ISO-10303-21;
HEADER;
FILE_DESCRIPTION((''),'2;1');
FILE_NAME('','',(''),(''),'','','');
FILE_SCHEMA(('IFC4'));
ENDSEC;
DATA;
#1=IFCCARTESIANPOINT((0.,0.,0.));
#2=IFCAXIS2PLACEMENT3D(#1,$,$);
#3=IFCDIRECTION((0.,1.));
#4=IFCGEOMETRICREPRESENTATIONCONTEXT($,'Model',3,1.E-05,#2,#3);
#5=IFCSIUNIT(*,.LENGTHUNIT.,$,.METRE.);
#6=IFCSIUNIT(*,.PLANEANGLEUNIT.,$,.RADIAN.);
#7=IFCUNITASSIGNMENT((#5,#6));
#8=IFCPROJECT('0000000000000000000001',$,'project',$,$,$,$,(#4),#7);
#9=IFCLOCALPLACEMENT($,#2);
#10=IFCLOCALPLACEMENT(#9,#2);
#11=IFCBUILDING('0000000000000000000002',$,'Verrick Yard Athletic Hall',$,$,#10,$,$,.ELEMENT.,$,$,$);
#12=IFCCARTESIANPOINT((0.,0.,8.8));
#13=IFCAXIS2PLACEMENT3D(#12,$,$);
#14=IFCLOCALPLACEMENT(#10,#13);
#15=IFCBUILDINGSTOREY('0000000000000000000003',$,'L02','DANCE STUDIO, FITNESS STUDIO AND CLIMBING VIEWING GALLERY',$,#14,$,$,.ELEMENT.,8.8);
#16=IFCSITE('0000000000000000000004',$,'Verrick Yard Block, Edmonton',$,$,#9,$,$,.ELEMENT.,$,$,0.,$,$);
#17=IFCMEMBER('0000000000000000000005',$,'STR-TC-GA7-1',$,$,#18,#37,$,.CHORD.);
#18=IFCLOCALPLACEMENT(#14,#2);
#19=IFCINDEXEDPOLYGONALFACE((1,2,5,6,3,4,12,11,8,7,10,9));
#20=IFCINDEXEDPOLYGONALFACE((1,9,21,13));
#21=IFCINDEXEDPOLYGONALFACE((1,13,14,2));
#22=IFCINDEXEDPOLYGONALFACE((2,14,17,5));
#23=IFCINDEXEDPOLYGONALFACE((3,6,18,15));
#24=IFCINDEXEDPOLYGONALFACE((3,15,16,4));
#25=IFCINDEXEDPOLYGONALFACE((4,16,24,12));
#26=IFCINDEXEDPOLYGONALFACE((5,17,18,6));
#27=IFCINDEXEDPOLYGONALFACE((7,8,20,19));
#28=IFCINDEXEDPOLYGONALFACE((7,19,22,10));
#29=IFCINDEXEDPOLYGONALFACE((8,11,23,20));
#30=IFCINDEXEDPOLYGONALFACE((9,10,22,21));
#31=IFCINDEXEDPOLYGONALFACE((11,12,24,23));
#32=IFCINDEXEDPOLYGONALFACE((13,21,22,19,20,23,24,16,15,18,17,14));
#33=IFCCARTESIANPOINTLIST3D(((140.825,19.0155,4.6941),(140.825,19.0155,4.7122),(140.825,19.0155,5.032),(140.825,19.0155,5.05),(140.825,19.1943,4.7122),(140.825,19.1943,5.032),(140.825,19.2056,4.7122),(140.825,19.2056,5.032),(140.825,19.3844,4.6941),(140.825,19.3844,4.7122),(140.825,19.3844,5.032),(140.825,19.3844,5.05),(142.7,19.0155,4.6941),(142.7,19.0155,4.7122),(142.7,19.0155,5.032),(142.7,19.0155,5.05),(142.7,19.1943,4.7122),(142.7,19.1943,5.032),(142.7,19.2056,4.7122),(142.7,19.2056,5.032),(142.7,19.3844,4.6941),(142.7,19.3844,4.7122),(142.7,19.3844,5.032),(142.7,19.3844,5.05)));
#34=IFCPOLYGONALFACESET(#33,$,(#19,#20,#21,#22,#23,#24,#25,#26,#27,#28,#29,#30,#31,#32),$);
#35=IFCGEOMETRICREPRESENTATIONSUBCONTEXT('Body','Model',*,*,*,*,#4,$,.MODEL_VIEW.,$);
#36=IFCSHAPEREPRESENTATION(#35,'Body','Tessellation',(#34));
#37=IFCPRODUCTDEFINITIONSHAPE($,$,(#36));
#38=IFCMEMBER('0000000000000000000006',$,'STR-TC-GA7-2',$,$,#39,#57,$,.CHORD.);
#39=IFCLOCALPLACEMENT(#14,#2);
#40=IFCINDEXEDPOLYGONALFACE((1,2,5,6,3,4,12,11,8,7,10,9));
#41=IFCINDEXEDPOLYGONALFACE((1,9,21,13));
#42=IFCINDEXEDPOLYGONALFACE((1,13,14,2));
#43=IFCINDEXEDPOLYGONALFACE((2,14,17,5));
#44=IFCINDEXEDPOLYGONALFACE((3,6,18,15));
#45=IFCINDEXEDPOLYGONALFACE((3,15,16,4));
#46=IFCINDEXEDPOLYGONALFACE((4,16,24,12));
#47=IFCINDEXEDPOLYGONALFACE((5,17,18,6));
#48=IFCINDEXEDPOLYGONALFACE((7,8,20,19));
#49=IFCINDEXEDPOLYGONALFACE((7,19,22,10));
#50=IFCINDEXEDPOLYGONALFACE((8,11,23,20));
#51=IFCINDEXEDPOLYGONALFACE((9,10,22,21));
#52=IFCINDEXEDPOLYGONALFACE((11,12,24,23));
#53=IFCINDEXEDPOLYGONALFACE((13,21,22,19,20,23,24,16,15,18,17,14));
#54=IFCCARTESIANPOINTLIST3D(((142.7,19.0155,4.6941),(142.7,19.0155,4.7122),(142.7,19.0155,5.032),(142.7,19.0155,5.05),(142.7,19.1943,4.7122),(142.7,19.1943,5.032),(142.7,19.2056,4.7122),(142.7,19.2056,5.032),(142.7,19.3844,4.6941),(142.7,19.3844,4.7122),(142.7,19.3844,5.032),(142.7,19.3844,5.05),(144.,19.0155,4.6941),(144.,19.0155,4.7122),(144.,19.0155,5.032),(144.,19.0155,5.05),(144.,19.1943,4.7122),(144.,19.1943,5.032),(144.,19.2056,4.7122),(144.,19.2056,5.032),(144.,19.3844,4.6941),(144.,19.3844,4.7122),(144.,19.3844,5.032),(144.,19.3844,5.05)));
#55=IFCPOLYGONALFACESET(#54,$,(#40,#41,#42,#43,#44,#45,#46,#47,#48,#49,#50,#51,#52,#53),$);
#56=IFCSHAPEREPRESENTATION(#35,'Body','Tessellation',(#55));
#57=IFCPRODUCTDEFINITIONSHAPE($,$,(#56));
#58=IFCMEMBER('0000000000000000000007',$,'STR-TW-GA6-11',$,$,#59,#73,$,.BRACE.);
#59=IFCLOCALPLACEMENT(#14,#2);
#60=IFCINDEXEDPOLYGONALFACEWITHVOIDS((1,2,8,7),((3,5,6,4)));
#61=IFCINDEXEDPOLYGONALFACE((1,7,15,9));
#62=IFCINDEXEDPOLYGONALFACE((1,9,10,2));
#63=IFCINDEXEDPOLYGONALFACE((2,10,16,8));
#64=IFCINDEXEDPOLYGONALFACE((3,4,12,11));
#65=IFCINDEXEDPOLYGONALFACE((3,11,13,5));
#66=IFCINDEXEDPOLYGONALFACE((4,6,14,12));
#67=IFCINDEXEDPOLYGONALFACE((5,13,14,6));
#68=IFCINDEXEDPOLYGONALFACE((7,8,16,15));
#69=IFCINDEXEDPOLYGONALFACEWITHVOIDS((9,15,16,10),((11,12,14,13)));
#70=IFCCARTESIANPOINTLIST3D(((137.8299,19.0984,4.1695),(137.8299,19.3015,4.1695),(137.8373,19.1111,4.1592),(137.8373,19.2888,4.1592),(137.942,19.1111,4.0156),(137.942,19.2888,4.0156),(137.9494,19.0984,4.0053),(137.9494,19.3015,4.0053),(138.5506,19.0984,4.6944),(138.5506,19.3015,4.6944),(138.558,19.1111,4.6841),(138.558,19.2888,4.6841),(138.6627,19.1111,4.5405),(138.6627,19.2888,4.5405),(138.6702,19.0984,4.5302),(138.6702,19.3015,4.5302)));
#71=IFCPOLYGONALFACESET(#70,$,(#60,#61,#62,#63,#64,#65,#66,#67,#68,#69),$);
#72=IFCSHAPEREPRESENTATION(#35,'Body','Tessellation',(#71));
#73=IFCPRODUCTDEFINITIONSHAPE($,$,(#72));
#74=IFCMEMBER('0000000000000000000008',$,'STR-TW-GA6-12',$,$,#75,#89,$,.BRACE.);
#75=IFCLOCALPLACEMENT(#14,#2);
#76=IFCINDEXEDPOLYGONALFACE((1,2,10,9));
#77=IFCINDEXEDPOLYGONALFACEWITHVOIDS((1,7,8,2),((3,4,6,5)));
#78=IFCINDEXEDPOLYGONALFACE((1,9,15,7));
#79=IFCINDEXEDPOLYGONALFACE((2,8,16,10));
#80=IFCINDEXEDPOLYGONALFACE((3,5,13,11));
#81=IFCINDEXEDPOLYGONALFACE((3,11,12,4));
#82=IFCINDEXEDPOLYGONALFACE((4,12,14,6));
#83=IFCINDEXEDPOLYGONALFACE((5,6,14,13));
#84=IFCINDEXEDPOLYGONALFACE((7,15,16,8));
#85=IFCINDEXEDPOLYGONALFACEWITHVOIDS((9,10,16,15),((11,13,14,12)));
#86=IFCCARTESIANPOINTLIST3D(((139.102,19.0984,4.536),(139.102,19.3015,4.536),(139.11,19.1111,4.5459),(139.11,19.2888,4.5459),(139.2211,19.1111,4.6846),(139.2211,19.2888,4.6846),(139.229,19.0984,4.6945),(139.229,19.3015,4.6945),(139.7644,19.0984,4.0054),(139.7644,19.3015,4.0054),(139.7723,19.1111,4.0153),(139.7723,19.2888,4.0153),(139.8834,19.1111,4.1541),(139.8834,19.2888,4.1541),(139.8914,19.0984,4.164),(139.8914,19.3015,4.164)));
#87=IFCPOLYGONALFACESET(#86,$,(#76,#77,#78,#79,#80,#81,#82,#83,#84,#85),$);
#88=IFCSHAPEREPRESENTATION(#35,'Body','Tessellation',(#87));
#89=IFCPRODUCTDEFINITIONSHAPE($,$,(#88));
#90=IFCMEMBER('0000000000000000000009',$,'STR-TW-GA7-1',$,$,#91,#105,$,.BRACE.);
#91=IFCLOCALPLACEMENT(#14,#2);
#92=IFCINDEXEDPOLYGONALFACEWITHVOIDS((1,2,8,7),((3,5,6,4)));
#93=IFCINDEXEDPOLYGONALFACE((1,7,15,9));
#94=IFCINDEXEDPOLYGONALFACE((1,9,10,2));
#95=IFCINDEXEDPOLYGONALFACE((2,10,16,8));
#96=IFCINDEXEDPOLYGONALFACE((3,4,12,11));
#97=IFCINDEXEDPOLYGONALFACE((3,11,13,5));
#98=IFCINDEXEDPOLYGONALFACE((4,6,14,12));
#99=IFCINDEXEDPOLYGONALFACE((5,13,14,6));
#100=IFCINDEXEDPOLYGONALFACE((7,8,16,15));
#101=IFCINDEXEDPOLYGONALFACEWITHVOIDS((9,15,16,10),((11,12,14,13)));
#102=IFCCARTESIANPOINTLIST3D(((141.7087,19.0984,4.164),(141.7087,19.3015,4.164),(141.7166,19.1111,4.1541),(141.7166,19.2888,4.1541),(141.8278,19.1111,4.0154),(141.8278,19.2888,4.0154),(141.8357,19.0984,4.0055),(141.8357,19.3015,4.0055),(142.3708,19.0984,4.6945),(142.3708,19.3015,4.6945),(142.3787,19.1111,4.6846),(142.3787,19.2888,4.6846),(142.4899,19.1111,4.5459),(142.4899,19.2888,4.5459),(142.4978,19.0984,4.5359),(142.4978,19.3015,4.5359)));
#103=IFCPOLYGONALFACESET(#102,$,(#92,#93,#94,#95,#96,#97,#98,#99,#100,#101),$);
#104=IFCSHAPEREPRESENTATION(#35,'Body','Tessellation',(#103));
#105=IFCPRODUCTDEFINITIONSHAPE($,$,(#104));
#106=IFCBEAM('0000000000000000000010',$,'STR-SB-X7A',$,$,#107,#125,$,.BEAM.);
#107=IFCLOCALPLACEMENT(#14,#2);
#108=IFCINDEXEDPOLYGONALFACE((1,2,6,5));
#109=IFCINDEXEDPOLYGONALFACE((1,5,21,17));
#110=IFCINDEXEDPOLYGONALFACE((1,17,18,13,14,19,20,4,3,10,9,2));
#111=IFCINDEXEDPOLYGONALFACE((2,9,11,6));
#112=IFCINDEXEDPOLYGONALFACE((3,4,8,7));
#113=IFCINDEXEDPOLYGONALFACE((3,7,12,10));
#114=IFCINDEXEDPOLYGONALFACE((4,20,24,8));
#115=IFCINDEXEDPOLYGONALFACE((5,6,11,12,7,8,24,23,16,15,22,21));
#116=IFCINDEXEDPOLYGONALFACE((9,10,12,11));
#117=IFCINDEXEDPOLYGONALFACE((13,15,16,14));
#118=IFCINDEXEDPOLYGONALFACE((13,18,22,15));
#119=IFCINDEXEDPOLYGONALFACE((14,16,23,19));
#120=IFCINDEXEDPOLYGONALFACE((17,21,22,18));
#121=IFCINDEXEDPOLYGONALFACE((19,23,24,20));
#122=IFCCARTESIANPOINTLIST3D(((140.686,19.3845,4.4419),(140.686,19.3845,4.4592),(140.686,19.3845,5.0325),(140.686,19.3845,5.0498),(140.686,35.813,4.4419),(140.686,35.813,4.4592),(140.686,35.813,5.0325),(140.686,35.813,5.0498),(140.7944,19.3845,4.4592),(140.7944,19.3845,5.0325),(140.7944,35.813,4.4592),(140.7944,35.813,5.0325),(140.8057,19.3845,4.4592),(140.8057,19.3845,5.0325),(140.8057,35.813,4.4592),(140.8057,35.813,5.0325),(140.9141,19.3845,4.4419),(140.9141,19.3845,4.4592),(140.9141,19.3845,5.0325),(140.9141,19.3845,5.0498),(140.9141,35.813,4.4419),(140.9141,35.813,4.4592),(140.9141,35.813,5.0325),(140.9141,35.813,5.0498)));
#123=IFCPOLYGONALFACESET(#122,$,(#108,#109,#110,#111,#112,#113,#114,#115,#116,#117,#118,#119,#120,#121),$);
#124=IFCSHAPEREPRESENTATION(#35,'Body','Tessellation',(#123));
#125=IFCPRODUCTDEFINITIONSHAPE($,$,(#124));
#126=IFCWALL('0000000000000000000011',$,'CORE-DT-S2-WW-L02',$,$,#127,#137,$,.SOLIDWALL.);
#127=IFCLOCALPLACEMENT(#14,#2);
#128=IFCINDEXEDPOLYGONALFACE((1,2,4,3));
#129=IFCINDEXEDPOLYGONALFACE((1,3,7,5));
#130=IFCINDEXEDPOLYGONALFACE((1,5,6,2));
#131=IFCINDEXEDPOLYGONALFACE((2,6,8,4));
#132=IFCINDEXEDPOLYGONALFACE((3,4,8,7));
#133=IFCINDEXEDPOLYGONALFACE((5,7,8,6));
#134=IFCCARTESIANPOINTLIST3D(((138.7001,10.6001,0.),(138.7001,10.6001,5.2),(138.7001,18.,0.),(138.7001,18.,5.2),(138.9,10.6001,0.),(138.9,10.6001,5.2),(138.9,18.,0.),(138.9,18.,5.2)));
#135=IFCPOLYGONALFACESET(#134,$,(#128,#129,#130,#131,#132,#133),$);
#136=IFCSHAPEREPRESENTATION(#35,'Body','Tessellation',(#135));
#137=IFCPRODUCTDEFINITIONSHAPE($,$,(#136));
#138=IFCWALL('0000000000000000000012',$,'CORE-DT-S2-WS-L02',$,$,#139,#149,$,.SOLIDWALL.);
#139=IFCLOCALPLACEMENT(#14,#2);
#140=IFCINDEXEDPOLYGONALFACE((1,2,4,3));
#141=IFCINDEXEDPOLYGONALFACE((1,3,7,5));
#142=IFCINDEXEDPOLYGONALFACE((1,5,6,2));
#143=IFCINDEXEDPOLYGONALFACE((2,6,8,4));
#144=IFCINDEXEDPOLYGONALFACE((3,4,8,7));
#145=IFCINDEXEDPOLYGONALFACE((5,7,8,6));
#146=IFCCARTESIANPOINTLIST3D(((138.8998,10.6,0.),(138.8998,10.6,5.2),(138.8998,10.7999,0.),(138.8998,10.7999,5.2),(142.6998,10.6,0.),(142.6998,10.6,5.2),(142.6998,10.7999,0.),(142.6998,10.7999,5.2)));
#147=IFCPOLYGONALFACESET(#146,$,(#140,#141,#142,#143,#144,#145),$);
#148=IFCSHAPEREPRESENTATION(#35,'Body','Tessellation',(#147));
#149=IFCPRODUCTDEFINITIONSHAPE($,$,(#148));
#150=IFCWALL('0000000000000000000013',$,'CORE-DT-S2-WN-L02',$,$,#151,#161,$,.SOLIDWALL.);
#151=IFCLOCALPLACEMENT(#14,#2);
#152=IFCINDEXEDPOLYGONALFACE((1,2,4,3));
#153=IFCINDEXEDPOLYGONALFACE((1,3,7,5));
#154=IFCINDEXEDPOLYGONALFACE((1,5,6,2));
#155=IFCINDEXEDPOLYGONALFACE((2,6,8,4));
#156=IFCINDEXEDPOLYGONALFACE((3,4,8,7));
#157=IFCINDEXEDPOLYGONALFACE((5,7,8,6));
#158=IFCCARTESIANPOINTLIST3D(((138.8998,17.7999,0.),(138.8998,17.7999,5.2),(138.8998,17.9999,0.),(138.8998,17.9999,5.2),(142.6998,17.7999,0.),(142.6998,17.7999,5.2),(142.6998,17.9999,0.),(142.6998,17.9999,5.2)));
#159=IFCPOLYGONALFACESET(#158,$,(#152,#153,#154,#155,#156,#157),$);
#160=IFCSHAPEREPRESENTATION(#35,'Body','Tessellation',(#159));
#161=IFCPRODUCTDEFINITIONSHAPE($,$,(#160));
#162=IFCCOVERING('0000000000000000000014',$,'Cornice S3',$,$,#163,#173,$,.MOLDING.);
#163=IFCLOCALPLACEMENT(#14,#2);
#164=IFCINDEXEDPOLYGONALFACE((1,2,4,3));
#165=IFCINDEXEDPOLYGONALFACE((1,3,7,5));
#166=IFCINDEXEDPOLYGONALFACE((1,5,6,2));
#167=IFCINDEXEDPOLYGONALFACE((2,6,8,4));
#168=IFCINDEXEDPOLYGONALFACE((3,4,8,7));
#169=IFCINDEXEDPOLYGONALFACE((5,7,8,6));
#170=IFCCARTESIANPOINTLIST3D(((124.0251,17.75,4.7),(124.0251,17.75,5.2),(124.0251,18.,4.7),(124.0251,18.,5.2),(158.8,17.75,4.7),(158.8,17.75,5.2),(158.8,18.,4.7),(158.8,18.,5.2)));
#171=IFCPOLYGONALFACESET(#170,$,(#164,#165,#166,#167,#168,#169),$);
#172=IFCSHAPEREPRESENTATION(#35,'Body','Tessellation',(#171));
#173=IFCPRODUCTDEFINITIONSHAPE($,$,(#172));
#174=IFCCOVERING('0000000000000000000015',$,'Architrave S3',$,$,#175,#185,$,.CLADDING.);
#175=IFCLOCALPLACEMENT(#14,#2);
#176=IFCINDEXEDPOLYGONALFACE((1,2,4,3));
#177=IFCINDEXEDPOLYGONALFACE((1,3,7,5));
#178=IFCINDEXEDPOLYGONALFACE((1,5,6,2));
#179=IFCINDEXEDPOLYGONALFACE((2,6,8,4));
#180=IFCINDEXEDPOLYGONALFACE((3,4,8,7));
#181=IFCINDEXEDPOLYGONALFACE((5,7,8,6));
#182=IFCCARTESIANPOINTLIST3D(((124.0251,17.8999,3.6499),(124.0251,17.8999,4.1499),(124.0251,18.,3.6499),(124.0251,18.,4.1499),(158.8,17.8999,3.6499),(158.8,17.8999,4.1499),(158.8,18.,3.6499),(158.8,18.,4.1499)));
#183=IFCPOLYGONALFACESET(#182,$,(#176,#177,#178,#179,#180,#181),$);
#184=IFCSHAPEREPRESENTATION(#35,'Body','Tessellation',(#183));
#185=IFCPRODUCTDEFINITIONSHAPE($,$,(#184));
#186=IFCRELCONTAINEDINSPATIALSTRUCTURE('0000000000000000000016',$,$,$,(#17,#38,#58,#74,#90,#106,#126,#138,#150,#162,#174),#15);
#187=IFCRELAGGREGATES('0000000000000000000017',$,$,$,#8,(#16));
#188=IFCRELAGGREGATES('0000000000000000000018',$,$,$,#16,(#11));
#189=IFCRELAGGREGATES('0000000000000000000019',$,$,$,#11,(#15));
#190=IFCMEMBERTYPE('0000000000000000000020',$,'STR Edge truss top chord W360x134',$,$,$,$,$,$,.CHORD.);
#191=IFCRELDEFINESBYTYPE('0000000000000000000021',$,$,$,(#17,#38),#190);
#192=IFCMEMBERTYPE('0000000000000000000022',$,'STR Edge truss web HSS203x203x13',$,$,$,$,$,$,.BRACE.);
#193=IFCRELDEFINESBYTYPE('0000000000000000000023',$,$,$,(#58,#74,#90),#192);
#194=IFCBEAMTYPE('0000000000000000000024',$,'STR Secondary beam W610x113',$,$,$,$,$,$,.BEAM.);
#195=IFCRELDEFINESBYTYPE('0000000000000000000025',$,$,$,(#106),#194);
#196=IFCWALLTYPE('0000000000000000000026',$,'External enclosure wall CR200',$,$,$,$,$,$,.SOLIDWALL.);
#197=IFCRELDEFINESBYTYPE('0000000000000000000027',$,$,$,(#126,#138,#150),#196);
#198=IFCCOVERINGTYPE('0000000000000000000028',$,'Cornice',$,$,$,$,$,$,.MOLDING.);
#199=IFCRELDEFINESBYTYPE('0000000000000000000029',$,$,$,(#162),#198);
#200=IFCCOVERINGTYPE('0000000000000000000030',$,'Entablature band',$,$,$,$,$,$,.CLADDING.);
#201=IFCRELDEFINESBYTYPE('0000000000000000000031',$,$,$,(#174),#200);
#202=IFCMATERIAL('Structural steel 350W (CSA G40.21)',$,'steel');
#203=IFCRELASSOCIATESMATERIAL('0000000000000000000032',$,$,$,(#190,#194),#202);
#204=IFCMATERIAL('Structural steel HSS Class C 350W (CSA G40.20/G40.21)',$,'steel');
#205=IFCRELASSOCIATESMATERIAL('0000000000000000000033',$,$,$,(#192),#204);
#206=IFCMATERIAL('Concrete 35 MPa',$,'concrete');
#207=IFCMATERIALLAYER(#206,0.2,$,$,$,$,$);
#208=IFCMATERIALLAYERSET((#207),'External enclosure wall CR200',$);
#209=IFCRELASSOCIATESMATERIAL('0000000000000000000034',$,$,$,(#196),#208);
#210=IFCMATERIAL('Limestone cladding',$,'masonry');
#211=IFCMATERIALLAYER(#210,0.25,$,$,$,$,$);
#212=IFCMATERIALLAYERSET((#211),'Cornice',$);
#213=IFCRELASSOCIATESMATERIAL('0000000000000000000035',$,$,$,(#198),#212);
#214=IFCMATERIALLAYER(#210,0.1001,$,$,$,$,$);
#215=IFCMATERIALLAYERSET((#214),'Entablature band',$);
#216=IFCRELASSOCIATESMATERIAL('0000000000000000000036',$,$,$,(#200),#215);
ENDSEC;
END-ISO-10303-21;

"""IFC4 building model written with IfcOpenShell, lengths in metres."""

from ifc_helpers import new_model, si_unit, direction, frame, frame_2d, origin, origin_2d, place, context, subcontext, project, spatial, rectangle, hollow_rectangle, i_section, extrude, material, layer, layer_set, material_profile, profile_set, type_object, element, save


model = new_model("IFC4")

# Units and contexts
model_context = context("Model", 3, precision=1e-05, world=origin(), true_north=direction((0.0, 1.0)))
body_context = subcontext(model_context, "Body", "Model", "MODEL_VIEW")
ifc_project = project(units=[si_unit("LENGTHUNIT", "METRE"), si_unit("PLANEANGLEUNIT", "RADIAN")], contexts=[model_context])

# Site, building, storey
site_placement = place(None, origin())
site = spatial("IfcSite", under=ifc_project, at=site_placement, Name="Verrick Yard Block, Edmonton", CompositionType="ELEMENT", RefElevation=0.0)
building_placement = place(site_placement, origin())
building = spatial("IfcBuilding", under=site, at=building_placement, Name="Verrick Yard Athletic Hall", CompositionType="ELEMENT")
storey_placement = place(building_placement, frame((0.0, 0.0, 8.8)))
storey = spatial("IfcBuildingStorey", under=building, at=storey_placement, Name="L02", Description="DANCE STUDIO, FITNESS STUDIO AND CLIMBING VIEWING GALLERY", CompositionType="ELEMENT", Elevation=8.8)

# Shared definitions
ifc_material_1 = material(Name="Concrete 35 MPa", Category="concrete")

# Members
ifc_material_2 = material(Name="Structural steel 350W (CSA G40.21)", Category="steel")
ifc_material_3 = material(Name="Structural steel HSS Class C 350W (CSA G40.20/G40.21)", Category="steel")
ifc_material_profile_1 = material_profile(ifc_material_2, i_section(OverallWidth=0.3689, OverallDepth=0.356, WebThickness=0.0112, FlangeThickness=0.0181, at=origin_2d()), Name="W360x134")
ifc_profile_set_1 = profile_set([ifc_material_profile_1], Name="Structural steel 350W (CSA G40.21)")
member_type_1 = type_object("IfcMemberType", Name="STR Edge truss top chord W360x134", PredefinedType="CHORD", material=ifc_profile_set_1)
for number, where, z_axis, x_axis, name in (
    (1, (140.825, 19.2, 4.8721), (1.0, 0.0, 0.0), (0.0, 1.0, 0.0), "STR-TC-GA7-1"),
):
    element("IfcMember", number, at=place(storey_placement, frame(where, z_axis=z_axis, x_axis=x_axis)), inside=storey, type_object=member_type_1, Name=name, PredefinedType="CHORD", context=body_context, shape_type="SweptSolid", body=[
        extrude(i_section(OverallWidth=0.3689, OverallDepth=0.356, WebThickness=0.0112, FlangeThickness=0.0181, at=origin_2d()), origin(), (0.0, 0.0, 1.0), 1.875),
    ])
member_1_placement = place(storey_placement, frame((142.7, 19.2, 4.8721), z_axis=(1.0, 0.0, 0.0), x_axis=(0.0, 1.0, 0.0)))
element("IfcMember", 2, at=member_1_placement, inside=storey, type_object=member_type_1, Name="STR-TC-GA7-2", PredefinedType="CHORD", context=body_context, shape_type="SweptSolid", body=[
    extrude(i_section(OverallWidth=0.3689, OverallDepth=0.356, WebThickness=0.0112, FlangeThickness=0.0181, at=origin_2d()), origin(), (0.0, 0.0, 1.0), 1.3),
])
ifc_material_profile_2 = material_profile(ifc_material_3, hollow_rectangle(XDim=0.2031, YDim=0.2031, WallThickness=0.0127, at=origin_2d()), Name="HSS203x203x13")
ifc_profile_set_2 = profile_set([ifc_material_profile_2], Name="Structural steel HSS Class C 350W (CSA G40.20/G40.21)")
member_type_2 = type_object("IfcMemberType", Name="STR Edge truss web HSS203x203x13", PredefinedType="BRACE", material=ifc_profile_set_2)
member_2_placement = place(storey_placement, frame((137.8896, 19.2, 4.0874), z_axis=(0.808333, 0.0, 0.588725), x_axis=(0.0, 1.0, 0.0)))
element("IfcMember", 3, at=member_2_placement, inside=storey, type_object=member_type_2, Name="STR-TW-GA6-11", PredefinedType="BRACE", context=body_context, shape_type="SweptSolid", body=[
    extrude(hollow_rectangle(XDim=0.2031, YDim=0.2031, WallThickness=0.0127, at=origin_2d()), origin(), (0.0, 0.0, 1.0), 0.8916),
])
member_3_placement = place(storey_placement, frame((139.1655, 19.2, 4.6152), z_axis=(0.780504, 0.0, -0.625151), x_axis=(0.0, 1.0, 0.0)))
element("IfcMember", 4, at=member_3_placement, inside=storey, type_object=member_type_2, Name="STR-TW-GA6-12", PredefinedType="BRACE", context=body_context, shape_type="SweptSolid", body=[
    extrude(hollow_rectangle(XDim=0.2031, YDim=0.2031, WallThickness=0.0127, at=origin_2d()), origin(), (0.0, 0.0, 1.0), 0.8486),
])
member_4_placement = place(storey_placement, frame((141.7722, 19.2, 4.0847), z_axis=(0.780391, 0.0, 0.625291), x_axis=(0.0, 1.0, 0.0)))
element("IfcMember", 5, at=member_4_placement, inside=storey, type_object=member_type_2, Name="STR-TW-GA7-1", PredefinedType="BRACE", context=body_context, shape_type="SweptSolid", body=[
    extrude(hollow_rectangle(XDim=0.2031, YDim=0.2031, WallThickness=0.0127, at=origin_2d()), origin(), (0.0, 0.0, 1.0), 0.8484),
])

# Beam
ifc_material_profile_3 = material_profile(ifc_material_2, i_section(OverallWidth=0.228, OverallDepth=0.6079, WebThickness=0.0112, FlangeThickness=0.0173, at=origin_2d()), Name="W610x113")
ifc_profile_set_3 = profile_set([ifc_material_profile_3], Name="Structural steel 350W (CSA G40.21)")
beam_type = type_object("IfcBeamType", Name="STR Secondary beam W610x113", PredefinedType="BEAM", material=ifc_profile_set_3)
beam_placement = place(storey_placement, frame((140.8, 19.3845, 4.7458), z_axis=(0.0, 1.0, 0.0), x_axis=(-1.0, 0.0, 0.0)))
element("IfcBeam", 6, at=beam_placement, inside=storey, type_object=beam_type, Name="STR-SB-X7A", PredefinedType="BEAM", context=body_context, shape_type="SweptSolid", body=[
    extrude(i_section(OverallWidth=0.228, OverallDepth=0.6079, WebThickness=0.0112, FlangeThickness=0.0173, at=origin_2d()), origin(), (0.0, 0.0, 1.0), 16.4285),
])

# Walls
ifc_layer_1 = layer(ifc_material_1, 0.2)
ifc_layer_set_1 = layer_set([ifc_layer_1], Name="External enclosure wall CR200")
wall_type = type_object("IfcWallType", Name="External enclosure wall CR200", PredefinedType="SOLIDWALL", material=ifc_layer_set_1)
wall_placement = place(storey_placement, frame((138.8, 10.6001, 0.0), z_axis=(0.0, 0.0, 1.0), x_axis=(0.0, 1.0, 0.0)))
element("IfcWall", 7, at=wall_placement, inside=storey, type_object=wall_type, Name="CORE-DT-S2-WW-L02", PredefinedType="SOLIDWALL", context=body_context, shape_type="SweptSolid", body=[
    extrude(rectangle(XDim=7.3999, YDim=0.2, at=frame_2d((3.7, 0.0))), origin(), (0.0, 0.0, 1.0), 5.2),
])
for number, where, z_axis, x_axis, name in (
    (8, (138.8999, 10.7, 0.0), (0.0, 0.0, 1.0), (1.0, 0.0, 0.0), "CORE-DT-S2-WS-L02"),
    (9, (138.8999, 17.8999, 0.0), (0.0, 0.0, 1.0), (1.0, 0.0, 0.0), "CORE-DT-S2-WN-L02"),
):
    element("IfcWall", number, at=place(storey_placement, frame(where, z_axis=z_axis, x_axis=x_axis)), inside=storey, type_object=wall_type, Name=name, PredefinedType="SOLIDWALL", context=body_context, shape_type="SweptSolid", body=[
        extrude(rectangle(XDim=3.8, YDim=0.2, at=frame_2d((1.8999, 0.0))), origin(), (0.0, 0.0, 1.0), 5.2),
    ])

# Coverings
ifc_material_4 = material(Name="Limestone cladding", Category="masonry")
ifc_layer_2 = layer(ifc_material_4, 0.25)
ifc_layer_set_2 = layer_set([ifc_layer_2], Name="Cornice")
covering_type_1 = type_object("IfcCoveringType", Name="Cornice", PredefinedType="MOLDING", material=ifc_layer_set_2)
covering_1_placement = place(storey_placement, frame((141.4126, 17.875, 4.7), z_axis=(0.0, 0.0, 1.0), x_axis=(1.0, 0.0, 0.0)))
element("IfcCovering", 10, at=covering_1_placement, inside=storey, type_object=covering_type_1, Name="Cornice S3", PredefinedType="MOLDING", context=body_context, shape_type="SweptSolid", body=[
    extrude(rectangle(XDim=34.7749, YDim=0.25, at=origin_2d()), origin(), (0.0, 0.0, 1.0), 0.5),
])
ifc_layer_3 = layer(ifc_material_4, 0.1001)
ifc_layer_set_3 = layer_set([ifc_layer_3], Name="Entablature band")
covering_type_2 = type_object("IfcCoveringType", Name="Entablature band", PredefinedType="CLADDING", material=ifc_layer_set_3)
covering_2_placement = place(storey_placement, frame((141.4126, 17.95, 3.6499), z_axis=(0.0, 0.0, 1.0), x_axis=(1.0, 0.0, 0.0)))
element("IfcCovering", 11, at=covering_2_placement, inside=storey, type_object=covering_type_2, Name="Architrave S3", PredefinedType="CLADDING", context=body_context, shape_type="SweptSolid", body=[
    extrude(rectangle(XDim=34.7749, YDim=0.1001, at=origin_2d()), origin(), (0.0, 0.0, 1.0), 0.5),
])

save(model, "model.ifc")
